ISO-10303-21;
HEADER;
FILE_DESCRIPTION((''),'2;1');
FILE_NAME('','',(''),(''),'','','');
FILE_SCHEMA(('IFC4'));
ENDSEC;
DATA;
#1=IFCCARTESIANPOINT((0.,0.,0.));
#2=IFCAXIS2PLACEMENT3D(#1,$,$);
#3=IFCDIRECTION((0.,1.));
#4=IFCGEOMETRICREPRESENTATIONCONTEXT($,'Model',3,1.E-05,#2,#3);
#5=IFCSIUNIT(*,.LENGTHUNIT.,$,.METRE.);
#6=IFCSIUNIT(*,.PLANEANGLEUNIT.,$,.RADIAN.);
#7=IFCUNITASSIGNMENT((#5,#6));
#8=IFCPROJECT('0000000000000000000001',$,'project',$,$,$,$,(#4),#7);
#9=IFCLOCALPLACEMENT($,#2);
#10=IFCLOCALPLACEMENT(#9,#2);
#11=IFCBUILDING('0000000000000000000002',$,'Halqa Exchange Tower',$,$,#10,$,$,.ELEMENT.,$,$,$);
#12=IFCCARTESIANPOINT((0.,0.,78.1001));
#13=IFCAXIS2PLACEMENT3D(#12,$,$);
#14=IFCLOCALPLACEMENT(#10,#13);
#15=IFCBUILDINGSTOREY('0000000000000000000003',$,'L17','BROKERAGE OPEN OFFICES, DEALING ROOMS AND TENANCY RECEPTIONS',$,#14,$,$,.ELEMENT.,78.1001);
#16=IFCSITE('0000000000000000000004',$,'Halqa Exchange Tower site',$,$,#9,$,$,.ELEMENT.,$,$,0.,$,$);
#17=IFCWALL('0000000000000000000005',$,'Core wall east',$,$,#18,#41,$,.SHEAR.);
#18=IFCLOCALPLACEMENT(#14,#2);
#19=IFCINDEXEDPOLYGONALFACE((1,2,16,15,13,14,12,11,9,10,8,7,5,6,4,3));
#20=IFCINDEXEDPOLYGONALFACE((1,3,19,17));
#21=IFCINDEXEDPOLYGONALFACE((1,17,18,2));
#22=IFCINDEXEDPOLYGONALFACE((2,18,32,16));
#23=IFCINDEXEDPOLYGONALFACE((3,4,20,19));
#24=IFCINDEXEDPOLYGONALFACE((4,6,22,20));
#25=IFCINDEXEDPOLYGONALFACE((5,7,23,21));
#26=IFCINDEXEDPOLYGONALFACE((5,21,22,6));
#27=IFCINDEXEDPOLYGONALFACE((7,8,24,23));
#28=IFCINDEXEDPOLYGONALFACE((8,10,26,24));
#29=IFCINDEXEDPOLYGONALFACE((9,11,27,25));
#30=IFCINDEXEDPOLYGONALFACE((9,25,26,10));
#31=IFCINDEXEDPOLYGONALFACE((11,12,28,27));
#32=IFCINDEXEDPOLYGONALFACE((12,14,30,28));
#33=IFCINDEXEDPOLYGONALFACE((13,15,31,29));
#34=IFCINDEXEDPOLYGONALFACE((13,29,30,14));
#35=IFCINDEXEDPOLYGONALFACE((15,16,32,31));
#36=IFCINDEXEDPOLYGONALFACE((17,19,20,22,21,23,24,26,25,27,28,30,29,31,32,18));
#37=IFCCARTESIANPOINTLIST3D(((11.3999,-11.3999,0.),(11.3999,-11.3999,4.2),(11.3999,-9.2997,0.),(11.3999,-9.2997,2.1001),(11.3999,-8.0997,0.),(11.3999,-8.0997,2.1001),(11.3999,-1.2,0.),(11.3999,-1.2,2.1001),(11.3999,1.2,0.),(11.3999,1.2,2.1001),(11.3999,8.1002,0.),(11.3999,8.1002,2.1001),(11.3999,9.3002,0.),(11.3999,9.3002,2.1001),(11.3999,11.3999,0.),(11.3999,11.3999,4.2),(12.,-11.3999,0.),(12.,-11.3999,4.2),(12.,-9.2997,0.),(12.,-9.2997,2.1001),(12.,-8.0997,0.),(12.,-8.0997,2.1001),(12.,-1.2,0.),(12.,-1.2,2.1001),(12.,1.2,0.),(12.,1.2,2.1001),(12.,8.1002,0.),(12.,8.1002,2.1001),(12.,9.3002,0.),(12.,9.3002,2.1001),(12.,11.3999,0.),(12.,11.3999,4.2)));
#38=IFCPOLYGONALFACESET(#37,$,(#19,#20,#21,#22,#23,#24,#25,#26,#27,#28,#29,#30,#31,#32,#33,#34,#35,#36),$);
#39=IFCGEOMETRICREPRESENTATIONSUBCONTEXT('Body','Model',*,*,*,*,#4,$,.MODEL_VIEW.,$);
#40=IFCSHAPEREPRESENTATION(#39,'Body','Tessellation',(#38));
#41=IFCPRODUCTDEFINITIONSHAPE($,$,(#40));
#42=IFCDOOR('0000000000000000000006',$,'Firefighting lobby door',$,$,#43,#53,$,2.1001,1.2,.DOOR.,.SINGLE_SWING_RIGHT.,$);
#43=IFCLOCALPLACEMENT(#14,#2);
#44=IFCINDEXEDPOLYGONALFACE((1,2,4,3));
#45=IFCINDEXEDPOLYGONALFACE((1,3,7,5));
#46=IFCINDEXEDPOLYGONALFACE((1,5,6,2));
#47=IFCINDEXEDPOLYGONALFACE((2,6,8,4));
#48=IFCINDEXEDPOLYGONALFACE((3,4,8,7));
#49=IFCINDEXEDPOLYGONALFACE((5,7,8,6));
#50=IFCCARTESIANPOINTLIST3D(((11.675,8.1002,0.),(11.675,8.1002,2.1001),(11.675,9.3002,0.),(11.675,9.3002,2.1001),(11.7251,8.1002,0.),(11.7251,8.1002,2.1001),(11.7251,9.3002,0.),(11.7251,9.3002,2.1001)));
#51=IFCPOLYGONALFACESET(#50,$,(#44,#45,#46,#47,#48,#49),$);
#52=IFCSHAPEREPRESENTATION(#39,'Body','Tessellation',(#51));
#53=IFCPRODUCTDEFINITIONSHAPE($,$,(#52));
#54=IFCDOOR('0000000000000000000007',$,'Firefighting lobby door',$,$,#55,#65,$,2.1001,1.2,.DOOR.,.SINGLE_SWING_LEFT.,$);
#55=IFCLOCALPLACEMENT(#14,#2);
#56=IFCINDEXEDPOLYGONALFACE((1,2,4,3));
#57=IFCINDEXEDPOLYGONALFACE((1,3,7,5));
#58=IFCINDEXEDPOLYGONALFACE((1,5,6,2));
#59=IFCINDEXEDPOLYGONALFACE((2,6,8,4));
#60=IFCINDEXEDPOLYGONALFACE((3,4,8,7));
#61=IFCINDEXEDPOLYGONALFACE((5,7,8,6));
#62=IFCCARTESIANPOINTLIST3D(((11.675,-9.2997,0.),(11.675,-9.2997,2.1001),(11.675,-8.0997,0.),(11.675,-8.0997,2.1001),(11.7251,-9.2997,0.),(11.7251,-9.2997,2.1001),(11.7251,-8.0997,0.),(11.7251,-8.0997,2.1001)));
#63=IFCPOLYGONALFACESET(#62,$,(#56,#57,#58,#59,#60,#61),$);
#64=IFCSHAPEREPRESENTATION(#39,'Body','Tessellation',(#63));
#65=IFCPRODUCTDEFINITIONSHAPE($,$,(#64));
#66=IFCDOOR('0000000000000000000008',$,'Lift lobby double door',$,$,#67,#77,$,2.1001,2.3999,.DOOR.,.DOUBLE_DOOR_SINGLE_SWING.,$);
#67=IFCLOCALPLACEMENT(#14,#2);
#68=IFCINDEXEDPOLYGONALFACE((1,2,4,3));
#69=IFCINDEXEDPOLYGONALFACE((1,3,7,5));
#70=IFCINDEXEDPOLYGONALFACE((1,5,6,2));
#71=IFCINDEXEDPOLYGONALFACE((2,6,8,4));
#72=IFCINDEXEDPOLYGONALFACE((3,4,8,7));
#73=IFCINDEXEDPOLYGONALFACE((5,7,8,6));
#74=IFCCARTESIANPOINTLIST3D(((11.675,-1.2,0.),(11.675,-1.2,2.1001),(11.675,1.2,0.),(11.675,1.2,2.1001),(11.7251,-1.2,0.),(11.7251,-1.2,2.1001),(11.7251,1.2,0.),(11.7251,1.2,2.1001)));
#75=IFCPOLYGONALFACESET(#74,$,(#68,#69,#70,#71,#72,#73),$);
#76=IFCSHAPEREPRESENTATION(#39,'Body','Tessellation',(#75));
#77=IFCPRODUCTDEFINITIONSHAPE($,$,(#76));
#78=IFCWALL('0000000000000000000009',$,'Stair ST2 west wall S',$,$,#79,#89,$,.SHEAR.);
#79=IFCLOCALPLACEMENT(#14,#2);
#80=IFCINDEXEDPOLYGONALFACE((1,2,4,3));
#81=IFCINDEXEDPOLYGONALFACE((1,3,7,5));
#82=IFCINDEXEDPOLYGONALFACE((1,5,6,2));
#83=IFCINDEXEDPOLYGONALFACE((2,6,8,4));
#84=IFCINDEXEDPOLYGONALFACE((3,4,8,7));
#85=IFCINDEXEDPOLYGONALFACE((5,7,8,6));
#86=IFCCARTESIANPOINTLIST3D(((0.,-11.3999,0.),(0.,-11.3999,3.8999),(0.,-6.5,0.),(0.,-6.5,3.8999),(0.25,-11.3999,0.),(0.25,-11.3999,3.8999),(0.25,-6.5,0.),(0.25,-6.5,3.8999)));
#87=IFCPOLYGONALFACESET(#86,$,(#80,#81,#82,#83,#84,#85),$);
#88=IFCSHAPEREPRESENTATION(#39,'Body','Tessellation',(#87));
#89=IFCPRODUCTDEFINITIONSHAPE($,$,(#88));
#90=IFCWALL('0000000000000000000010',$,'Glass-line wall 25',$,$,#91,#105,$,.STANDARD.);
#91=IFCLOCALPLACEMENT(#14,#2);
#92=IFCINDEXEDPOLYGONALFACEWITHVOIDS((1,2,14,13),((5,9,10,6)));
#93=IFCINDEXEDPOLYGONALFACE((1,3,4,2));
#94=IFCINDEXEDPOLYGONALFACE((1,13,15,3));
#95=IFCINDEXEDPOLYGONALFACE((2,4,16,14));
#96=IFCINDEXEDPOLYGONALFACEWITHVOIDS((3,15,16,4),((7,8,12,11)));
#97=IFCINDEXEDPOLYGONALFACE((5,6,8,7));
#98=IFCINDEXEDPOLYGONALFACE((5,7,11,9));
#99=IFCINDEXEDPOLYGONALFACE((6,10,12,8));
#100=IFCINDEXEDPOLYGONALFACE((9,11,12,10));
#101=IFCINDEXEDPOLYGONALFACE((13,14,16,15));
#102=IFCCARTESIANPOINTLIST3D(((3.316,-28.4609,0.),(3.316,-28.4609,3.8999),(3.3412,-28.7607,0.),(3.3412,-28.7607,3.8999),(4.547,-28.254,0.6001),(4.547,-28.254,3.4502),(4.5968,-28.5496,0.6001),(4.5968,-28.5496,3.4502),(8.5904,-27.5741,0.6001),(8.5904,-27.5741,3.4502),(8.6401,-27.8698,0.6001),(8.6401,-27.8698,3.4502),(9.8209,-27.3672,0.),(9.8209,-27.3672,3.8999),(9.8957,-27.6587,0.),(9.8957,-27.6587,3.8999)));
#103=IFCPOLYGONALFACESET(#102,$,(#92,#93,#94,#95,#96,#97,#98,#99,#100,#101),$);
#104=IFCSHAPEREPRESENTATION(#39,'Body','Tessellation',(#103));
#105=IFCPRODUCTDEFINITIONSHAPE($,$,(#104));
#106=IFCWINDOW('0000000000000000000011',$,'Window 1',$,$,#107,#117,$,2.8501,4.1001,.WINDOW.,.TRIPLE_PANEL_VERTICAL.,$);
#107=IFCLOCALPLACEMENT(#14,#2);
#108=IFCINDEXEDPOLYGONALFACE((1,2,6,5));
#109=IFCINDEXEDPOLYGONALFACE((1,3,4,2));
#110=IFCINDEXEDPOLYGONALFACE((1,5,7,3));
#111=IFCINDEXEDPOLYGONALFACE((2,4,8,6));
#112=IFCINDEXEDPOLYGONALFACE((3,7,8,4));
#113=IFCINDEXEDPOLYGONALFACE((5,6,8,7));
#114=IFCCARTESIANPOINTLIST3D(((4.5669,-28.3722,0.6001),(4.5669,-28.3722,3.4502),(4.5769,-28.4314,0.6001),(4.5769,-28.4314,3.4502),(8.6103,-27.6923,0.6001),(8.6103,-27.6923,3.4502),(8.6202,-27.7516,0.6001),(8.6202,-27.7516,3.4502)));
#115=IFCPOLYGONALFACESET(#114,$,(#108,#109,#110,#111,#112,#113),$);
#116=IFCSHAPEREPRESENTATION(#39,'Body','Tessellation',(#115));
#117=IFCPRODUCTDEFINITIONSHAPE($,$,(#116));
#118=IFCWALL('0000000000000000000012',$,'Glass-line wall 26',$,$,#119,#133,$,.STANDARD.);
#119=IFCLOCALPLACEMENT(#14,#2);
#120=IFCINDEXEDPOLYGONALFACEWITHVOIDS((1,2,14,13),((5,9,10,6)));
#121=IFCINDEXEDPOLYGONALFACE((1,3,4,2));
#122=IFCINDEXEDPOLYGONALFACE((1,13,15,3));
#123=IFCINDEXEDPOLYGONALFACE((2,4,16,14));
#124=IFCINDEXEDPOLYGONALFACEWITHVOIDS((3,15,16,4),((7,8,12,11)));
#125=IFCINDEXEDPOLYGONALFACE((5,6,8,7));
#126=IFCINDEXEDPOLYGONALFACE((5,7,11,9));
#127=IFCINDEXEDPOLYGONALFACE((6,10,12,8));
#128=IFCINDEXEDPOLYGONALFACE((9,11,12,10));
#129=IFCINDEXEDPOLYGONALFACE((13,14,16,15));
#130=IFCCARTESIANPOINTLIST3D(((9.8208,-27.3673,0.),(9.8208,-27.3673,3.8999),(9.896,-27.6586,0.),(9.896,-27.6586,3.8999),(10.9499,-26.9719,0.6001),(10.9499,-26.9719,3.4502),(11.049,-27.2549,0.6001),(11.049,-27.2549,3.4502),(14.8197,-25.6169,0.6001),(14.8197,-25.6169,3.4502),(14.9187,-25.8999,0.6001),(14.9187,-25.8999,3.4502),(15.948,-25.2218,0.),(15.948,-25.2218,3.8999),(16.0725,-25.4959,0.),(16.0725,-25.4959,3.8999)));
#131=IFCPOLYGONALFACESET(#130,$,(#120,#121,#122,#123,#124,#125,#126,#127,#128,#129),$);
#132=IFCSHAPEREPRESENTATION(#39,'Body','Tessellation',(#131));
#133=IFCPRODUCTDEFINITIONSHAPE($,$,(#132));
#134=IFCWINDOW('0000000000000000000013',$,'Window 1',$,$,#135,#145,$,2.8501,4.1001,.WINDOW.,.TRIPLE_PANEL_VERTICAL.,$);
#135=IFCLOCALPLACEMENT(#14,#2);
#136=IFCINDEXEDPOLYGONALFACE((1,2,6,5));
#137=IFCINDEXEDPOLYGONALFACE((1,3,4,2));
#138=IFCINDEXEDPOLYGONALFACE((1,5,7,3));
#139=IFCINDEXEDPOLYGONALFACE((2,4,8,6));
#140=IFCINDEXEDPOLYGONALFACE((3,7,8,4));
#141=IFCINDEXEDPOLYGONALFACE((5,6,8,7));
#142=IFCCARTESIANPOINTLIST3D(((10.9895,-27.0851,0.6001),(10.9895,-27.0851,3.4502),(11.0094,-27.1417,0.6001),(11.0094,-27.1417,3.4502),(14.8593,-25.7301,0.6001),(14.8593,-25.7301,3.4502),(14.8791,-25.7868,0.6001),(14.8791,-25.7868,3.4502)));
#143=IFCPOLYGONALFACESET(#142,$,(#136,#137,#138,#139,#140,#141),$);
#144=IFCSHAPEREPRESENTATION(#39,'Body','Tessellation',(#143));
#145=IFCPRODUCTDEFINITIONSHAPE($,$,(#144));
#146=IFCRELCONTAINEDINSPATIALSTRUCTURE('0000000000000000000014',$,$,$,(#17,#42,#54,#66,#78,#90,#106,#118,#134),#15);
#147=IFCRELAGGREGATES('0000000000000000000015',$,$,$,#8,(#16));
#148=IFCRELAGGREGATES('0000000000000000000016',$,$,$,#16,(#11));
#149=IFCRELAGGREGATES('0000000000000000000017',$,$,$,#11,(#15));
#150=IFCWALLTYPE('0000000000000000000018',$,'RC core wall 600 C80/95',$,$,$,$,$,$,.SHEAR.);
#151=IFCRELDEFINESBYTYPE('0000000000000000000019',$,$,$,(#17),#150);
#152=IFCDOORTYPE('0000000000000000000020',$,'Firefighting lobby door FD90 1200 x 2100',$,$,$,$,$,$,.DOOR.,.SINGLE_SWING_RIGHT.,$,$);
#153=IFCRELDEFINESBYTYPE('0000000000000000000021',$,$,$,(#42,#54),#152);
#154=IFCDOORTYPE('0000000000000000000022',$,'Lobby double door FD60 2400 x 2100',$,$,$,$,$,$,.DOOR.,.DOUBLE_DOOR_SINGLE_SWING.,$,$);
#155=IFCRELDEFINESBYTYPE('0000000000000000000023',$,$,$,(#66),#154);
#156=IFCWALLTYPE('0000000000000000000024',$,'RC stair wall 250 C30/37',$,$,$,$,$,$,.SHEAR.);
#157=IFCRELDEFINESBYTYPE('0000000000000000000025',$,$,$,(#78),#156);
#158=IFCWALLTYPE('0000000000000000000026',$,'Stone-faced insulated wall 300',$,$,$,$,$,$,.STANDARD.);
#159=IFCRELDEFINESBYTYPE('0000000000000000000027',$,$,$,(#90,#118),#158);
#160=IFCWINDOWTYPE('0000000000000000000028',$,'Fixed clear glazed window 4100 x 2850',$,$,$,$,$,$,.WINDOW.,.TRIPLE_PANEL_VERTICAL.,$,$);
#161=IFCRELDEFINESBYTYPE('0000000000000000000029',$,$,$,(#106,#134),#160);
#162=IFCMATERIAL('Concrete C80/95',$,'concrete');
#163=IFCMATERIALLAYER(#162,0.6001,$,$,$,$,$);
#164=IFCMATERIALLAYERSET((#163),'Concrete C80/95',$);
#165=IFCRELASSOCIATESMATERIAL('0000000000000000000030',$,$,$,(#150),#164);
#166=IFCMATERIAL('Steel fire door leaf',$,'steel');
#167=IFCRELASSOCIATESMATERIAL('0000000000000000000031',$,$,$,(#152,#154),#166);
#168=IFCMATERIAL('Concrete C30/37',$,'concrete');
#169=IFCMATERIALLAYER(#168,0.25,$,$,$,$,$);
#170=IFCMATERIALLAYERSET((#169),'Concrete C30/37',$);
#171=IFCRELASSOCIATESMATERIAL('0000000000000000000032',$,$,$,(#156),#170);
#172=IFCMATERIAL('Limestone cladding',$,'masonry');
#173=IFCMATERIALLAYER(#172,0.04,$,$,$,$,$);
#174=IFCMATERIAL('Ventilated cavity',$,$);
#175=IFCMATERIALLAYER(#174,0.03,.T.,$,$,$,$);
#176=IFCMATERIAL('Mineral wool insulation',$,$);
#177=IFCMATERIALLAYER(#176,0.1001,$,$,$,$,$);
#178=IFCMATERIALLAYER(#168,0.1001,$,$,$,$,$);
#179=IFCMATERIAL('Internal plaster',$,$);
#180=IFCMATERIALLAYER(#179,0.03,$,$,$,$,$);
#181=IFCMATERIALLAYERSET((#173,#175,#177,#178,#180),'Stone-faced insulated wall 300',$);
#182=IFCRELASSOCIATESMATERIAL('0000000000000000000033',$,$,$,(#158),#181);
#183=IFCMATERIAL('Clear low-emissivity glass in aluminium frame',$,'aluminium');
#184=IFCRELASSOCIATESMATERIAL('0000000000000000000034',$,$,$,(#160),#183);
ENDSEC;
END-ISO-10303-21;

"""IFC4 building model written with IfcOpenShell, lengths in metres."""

from ifc_helpers import new_model, si_unit, direction, frame, frame_2d, origin, place, context, subcontext, project, spatial, polyline, rectangle, outline, extrude, material, layer, layer_set, type_object, element, fill, save


model = new_model("IFC4")

# Units and contexts
model_context = context("Model", 3, precision=1e-05, world=origin(), true_north=direction((0.0, 1.0)))
body_context = subcontext(model_context, "Body", "Model", "MODEL_VIEW")
ifc_project = project(units=[si_unit("LENGTHUNIT", "METRE"), si_unit("PLANEANGLEUNIT", "RADIAN")], contexts=[model_context])

# Site, building, storey
site_placement = place(None, origin())
site = spatial("IfcSite", under=ifc_project, at=site_placement, Name="Halqa Exchange Tower site", CompositionType="ELEMENT", RefElevation=0.0)
building_placement = place(site_placement, origin())
building = spatial("IfcBuilding", under=site, at=building_placement, Name="Halqa Exchange Tower", CompositionType="ELEMENT")
storey_placement = place(building_placement, frame((0.0, 0.0, 78.1001)))
storey = spatial("IfcBuildingStorey", under=building, at=storey_placement, Name="L17", Description="BROKERAGE OPEN OFFICES, DEALING ROOMS AND TENANCY RECEPTIONS", CompositionType="ELEMENT", Elevation=78.1001)

# Wall, openings, doors
ifc_material_1 = material(Name="Concrete C80/95", Category="concrete")
ifc_layer_1 = layer(ifc_material_1, 0.6001)
ifc_layer_set_1 = layer_set([ifc_layer_1], Name="Concrete C80/95")
wall_type_1 = type_object("IfcWallType", Name="RC core wall 600 C80/95", PredefinedType="SHEAR", material=ifc_layer_set_1)
wall_1_placement = place(storey_placement, frame((11.7, -11.3999, 0.0), z_axis=(0.0, 0.0, 1.0), x_axis=(0.0, 1.0, 0.0)))
wall_1 = element("IfcWall", 1, at=wall_1_placement, inside=storey, type_object=wall_type_1, Name="Core wall east", PredefinedType="SHEAR", context=body_context, shape_type="SweptSolid", body=[
    extrude(rectangle(XDim=22.7998, YDim=0.6001, at=frame_2d((11.3999, 0.0))), origin(), (0.0, 0.0, 1.0), 4.2),
])
opening_1_placement = place(wall_1_placement, frame((10.2, 0.0, 0.0)))
opening_1 = element("IfcOpeningElement", 2, at=opening_1_placement, cuts=wall_1, PredefinedType="OPENING", context=body_context, shape_type="SweptSolid", body=[
    extrude(rectangle(XDim=2.3999, YDim=2.1001, at=frame_2d((1.2, 1.05))), frame((0.0, 0.312, 0.0), z_axis=(0.0, -1.0, 0.0), x_axis=(1.0, 0.0, 0.0)), (0.0, 0.0, 1.0), 0.624),
])
opening_2_placement = place(wall_1_placement, frame((19.5, 0.0, 0.0)))
opening_2 = element("IfcOpeningElement", 3, at=opening_2_placement, cuts=wall_1, PredefinedType="OPENING", context=body_context, shape_type="SweptSolid", body=[
    extrude(rectangle(XDim=1.2, YDim=2.1001, at=frame_2d((0.6001, 1.05))), frame((0.0, 0.312, 0.0), z_axis=(0.0, -1.0, 0.0), x_axis=(1.0, 0.0, 0.0)), (0.0, 0.0, 1.0), 0.624),
])
opening_3_placement = place(wall_1_placement, frame((2.1001, 0.0, 0.0)))
opening_3 = element("IfcOpeningElement", 4, at=opening_3_placement, cuts=wall_1, PredefinedType="OPENING", context=body_context, shape_type="SweptSolid", body=[
    extrude(rectangle(XDim=1.2, YDim=2.1001, at=frame_2d((0.6001, 1.05))), frame((0.0, 0.312, 0.0), z_axis=(0.0, -1.0, 0.0), x_axis=(1.0, 0.0, 0.0)), (0.0, 0.0, 1.0), 0.624),
])
ifc_material_2 = material(Name="Steel fire door leaf", Category="steel")
door_type_1 = type_object("IfcDoorType", Name="Firefighting lobby door FD90 1200 x 2100", OperationType="SINGLE_SWING_RIGHT", PredefinedType="DOOR", material=ifc_material_2)
door_1_placement = place(opening_2_placement, origin())
door_1 = element("IfcDoor", 5, at=door_1_placement, inside=storey, type_object=door_type_1, Name="Firefighting lobby door", OperationType="SINGLE_SWING_RIGHT", OverallHeight=2.1001, OverallWidth=1.2, PredefinedType="DOOR", context=body_context, shape_type="SweptSolid", body=[
    extrude(rectangle(XDim=1.2, YDim=2.1001, at=frame_2d((0.6001, 1.05))), frame((0.0, 0.0249, 0.0), z_axis=(0.0, -1.0, 0.0), x_axis=(1.0, 0.0, 0.0)), (0.0, 0.0, 1.0), 0.05),
])
fill(opening_2, door_1)
door_2_placement = place(opening_3_placement, origin())
door_2 = element("IfcDoor", 6, at=door_2_placement, inside=storey, type_object=door_type_1, Name="Firefighting lobby door", OperationType="SINGLE_SWING_LEFT", OverallHeight=2.1001, OverallWidth=1.2, PredefinedType="DOOR", context=body_context, shape_type="SweptSolid", body=[
    extrude(rectangle(XDim=1.2, YDim=2.1001, at=frame_2d((0.6001, 1.05))), frame((0.0, 0.0249, 0.0), z_axis=(0.0, -1.0, 0.0), x_axis=(1.0, 0.0, 0.0)), (0.0, 0.0, 1.0), 0.05),
])
fill(opening_3, door_2)
door_type_2 = type_object("IfcDoorType", Name="Lobby double door FD60 2400 x 2100", OperationType="DOUBLE_DOOR_SINGLE_SWING", PredefinedType="DOOR", material=ifc_material_2)
door_3_placement = place(opening_1_placement, origin())
door_3 = element("IfcDoor", 7, at=door_3_placement, inside=storey, type_object=door_type_2, Name="Lift lobby double door", OperationType="DOUBLE_DOOR_SINGLE_SWING", OverallHeight=2.1001, OverallWidth=2.3999, PredefinedType="DOOR", context=body_context, shape_type="SweptSolid", body=[
    extrude(rectangle(XDim=2.3999, YDim=2.1001, at=frame_2d((1.2, 1.05))), frame((0.0, 0.0249, 0.0), z_axis=(0.0, -1.0, 0.0), x_axis=(1.0, 0.0, 0.0)), (0.0, 0.0, 1.0), 0.05),
])
fill(opening_1, door_3)

# Wall
ifc_material_3 = material(Name="Concrete C30/37", Category="concrete")
ifc_layer_2 = layer(ifc_material_3, 0.25)
ifc_layer_set_2 = layer_set([ifc_layer_2], Name="Concrete C30/37")
wall_type_2 = type_object("IfcWallType", Name="RC stair wall 250 C30/37", PredefinedType="SHEAR", material=ifc_layer_set_2)
wall_2_placement = place(storey_placement, frame((0.125, -11.3999, 0.0), z_axis=(0.0, 0.0, 1.0), x_axis=(0.0, 1.0, 0.0)))
element("IfcWall", 8, at=wall_2_placement, inside=storey, type_object=wall_type_2, Name="Stair ST2 west wall S", PredefinedType="SHEAR", context=body_context, shape_type="SweptSolid", body=[
    extrude(rectangle(XDim=4.8999, YDim=0.25, at=frame_2d((2.45, 0.0))), origin(), (0.0, 0.0, 1.0), 3.8999),
])

# Walls, openings, windows
ifc_material_4 = material(Name="Limestone cladding", Category="masonry")
ifc_layer_3 = layer(ifc_material_4, 0.04)
ifc_material_5 = material(Name="Ventilated cavity")
ifc_layer_4 = layer(ifc_material_5, 0.03, ventilated=True)
ifc_material_6 = material(Name="Mineral wool insulation")
ifc_layer_5 = layer(ifc_material_6, 0.1001)
ifc_layer_6 = layer(ifc_material_3, 0.1001)
ifc_material_7 = material(Name="Internal plaster")
ifc_layer_7 = layer(ifc_material_7, 0.03)
ifc_layer_set_3 = layer_set([ifc_layer_3, ifc_layer_4, ifc_layer_5, ifc_layer_6, ifc_layer_7], Name="Stone-faced insulated wall 300")
wall_type_3 = type_object("IfcWallType", Name="Stone-faced insulated wall 300", PredefinedType="STANDARD", material=ifc_layer_set_3)
wall_3_placement = place(storey_placement, frame((3.3286, -28.6108, 0.0), z_axis=(0.0, 0.0, 1.0), x_axis=(0.986158, 0.16581, 0.0)))
wall_3 = element("IfcWall", 9, at=wall_3_placement, inside=storey, type_object=wall_type_3, Name="Glass-line wall 25", PredefinedType="STANDARD", context=body_context, shape_type="SweptSolid", body=[
    extrude(outline(polyline([(-0.0125, -0.1499), (6.634, -0.1499), (6.6086, 0.1499), (0.0125, 0.1499), (-0.0125, -0.1499)])), origin(), (0.0, 0.0, 1.0), 3.8999),
])
opening_4_placement = place(wall_3_placement, frame((1.2607, 0.0, 0.6001)))
opening_4 = element("IfcOpeningElement", 10, at=opening_4_placement, cuts=wall_3, PredefinedType="OPENING", context=body_context, shape_type="SweptSolid", body=[
    extrude(rectangle(XDim=4.1001, YDim=2.8501, at=frame_2d((2.05, 1.425))), frame((0.0, 0.1621, 0.0), z_axis=(0.0, -1.0, 0.0), x_axis=(1.0, 0.0, 0.0)), (0.0, 0.0, 1.0), 0.324),
])
ifc_material_8 = material(Name="Clear low-emissivity glass in aluminium frame", Category="aluminium")
window_type = type_object("IfcWindowType", Name="Fixed clear glazed window 4100 x 2850", PartitioningType="TRIPLE_PANEL_VERTICAL", PredefinedType="WINDOW", material=ifc_material_8)
window_1_placement = place(opening_4_placement, origin())
window_1 = element("IfcWindow", 11, at=window_1_placement, inside=storey, type_object=window_type, Name="Window 1", OverallHeight=2.8501, OverallWidth=4.1001, PartitioningType="TRIPLE_PANEL_VERTICAL", PredefinedType="WINDOW", context=body_context, shape_type="SweptSolid", body=[
    extrude(rectangle(XDim=4.1001, YDim=2.8501, at=frame_2d((2.05, 1.425))), frame((0.0, 0.03, 0.0), z_axis=(0.0, -1.0, 0.0), x_axis=(1.0, 0.0, 0.0)), (0.0, 0.0, 1.0), 0.0601),
])
fill(opening_4, window_1)
wall_4_placement = place(storey_placement, frame((9.8584, -27.5129, 0.0), z_axis=(0.0, 0.0, 1.0), x_axis=(0.943815, 0.330474, 0.0)))
wall_4 = element("IfcWall", 12, at=wall_4_placement, inside=storey, type_object=wall_type_3, Name="Glass-line wall 26", PredefinedType="STANDARD", context=body_context, shape_type="SweptSolid", body=[
    extrude(outline(polyline([(-0.0127, -0.1499), (6.5315, -0.1499), (6.5046, 0.1499), (0.0127, 0.1499), (-0.0127, -0.1499)])), origin(), (0.0, 0.0, 1.0), 3.8999),
])
opening_5_placement = place(wall_4_placement, frame((1.209, 0.0, 0.6001)))
opening_5 = element("IfcOpeningElement", 13, at=opening_5_placement, cuts=wall_4, PredefinedType="OPENING", context=body_context, shape_type="SweptSolid", body=[
    extrude(rectangle(XDim=4.1001, YDim=2.8501, at=frame_2d((2.05, 1.425))), frame((0.0, 0.1621, 0.0), z_axis=(0.0, -1.0, 0.0), x_axis=(1.0, 0.0, 0.0)), (0.0, 0.0, 1.0), 0.324),
])
window_2_placement = place(opening_5_placement, origin())
window_2 = element("IfcWindow", 14, at=window_2_placement, inside=storey, type_object=window_type, Name="Window 1", OverallHeight=2.8501, OverallWidth=4.1001, PartitioningType="TRIPLE_PANEL_VERTICAL", PredefinedType="WINDOW", context=body_context, shape_type="SweptSolid", body=[
    extrude(rectangle(XDim=4.1001, YDim=2.8501, at=frame_2d((2.05, 1.425))), frame((0.0, 0.03, 0.0), z_axis=(0.0, -1.0, 0.0), x_axis=(1.0, 0.0, 0.0)), (0.0, 0.0, 1.0), 0.0601),
])
fill(opening_5, window_2)

save(model, "model.ifc")
